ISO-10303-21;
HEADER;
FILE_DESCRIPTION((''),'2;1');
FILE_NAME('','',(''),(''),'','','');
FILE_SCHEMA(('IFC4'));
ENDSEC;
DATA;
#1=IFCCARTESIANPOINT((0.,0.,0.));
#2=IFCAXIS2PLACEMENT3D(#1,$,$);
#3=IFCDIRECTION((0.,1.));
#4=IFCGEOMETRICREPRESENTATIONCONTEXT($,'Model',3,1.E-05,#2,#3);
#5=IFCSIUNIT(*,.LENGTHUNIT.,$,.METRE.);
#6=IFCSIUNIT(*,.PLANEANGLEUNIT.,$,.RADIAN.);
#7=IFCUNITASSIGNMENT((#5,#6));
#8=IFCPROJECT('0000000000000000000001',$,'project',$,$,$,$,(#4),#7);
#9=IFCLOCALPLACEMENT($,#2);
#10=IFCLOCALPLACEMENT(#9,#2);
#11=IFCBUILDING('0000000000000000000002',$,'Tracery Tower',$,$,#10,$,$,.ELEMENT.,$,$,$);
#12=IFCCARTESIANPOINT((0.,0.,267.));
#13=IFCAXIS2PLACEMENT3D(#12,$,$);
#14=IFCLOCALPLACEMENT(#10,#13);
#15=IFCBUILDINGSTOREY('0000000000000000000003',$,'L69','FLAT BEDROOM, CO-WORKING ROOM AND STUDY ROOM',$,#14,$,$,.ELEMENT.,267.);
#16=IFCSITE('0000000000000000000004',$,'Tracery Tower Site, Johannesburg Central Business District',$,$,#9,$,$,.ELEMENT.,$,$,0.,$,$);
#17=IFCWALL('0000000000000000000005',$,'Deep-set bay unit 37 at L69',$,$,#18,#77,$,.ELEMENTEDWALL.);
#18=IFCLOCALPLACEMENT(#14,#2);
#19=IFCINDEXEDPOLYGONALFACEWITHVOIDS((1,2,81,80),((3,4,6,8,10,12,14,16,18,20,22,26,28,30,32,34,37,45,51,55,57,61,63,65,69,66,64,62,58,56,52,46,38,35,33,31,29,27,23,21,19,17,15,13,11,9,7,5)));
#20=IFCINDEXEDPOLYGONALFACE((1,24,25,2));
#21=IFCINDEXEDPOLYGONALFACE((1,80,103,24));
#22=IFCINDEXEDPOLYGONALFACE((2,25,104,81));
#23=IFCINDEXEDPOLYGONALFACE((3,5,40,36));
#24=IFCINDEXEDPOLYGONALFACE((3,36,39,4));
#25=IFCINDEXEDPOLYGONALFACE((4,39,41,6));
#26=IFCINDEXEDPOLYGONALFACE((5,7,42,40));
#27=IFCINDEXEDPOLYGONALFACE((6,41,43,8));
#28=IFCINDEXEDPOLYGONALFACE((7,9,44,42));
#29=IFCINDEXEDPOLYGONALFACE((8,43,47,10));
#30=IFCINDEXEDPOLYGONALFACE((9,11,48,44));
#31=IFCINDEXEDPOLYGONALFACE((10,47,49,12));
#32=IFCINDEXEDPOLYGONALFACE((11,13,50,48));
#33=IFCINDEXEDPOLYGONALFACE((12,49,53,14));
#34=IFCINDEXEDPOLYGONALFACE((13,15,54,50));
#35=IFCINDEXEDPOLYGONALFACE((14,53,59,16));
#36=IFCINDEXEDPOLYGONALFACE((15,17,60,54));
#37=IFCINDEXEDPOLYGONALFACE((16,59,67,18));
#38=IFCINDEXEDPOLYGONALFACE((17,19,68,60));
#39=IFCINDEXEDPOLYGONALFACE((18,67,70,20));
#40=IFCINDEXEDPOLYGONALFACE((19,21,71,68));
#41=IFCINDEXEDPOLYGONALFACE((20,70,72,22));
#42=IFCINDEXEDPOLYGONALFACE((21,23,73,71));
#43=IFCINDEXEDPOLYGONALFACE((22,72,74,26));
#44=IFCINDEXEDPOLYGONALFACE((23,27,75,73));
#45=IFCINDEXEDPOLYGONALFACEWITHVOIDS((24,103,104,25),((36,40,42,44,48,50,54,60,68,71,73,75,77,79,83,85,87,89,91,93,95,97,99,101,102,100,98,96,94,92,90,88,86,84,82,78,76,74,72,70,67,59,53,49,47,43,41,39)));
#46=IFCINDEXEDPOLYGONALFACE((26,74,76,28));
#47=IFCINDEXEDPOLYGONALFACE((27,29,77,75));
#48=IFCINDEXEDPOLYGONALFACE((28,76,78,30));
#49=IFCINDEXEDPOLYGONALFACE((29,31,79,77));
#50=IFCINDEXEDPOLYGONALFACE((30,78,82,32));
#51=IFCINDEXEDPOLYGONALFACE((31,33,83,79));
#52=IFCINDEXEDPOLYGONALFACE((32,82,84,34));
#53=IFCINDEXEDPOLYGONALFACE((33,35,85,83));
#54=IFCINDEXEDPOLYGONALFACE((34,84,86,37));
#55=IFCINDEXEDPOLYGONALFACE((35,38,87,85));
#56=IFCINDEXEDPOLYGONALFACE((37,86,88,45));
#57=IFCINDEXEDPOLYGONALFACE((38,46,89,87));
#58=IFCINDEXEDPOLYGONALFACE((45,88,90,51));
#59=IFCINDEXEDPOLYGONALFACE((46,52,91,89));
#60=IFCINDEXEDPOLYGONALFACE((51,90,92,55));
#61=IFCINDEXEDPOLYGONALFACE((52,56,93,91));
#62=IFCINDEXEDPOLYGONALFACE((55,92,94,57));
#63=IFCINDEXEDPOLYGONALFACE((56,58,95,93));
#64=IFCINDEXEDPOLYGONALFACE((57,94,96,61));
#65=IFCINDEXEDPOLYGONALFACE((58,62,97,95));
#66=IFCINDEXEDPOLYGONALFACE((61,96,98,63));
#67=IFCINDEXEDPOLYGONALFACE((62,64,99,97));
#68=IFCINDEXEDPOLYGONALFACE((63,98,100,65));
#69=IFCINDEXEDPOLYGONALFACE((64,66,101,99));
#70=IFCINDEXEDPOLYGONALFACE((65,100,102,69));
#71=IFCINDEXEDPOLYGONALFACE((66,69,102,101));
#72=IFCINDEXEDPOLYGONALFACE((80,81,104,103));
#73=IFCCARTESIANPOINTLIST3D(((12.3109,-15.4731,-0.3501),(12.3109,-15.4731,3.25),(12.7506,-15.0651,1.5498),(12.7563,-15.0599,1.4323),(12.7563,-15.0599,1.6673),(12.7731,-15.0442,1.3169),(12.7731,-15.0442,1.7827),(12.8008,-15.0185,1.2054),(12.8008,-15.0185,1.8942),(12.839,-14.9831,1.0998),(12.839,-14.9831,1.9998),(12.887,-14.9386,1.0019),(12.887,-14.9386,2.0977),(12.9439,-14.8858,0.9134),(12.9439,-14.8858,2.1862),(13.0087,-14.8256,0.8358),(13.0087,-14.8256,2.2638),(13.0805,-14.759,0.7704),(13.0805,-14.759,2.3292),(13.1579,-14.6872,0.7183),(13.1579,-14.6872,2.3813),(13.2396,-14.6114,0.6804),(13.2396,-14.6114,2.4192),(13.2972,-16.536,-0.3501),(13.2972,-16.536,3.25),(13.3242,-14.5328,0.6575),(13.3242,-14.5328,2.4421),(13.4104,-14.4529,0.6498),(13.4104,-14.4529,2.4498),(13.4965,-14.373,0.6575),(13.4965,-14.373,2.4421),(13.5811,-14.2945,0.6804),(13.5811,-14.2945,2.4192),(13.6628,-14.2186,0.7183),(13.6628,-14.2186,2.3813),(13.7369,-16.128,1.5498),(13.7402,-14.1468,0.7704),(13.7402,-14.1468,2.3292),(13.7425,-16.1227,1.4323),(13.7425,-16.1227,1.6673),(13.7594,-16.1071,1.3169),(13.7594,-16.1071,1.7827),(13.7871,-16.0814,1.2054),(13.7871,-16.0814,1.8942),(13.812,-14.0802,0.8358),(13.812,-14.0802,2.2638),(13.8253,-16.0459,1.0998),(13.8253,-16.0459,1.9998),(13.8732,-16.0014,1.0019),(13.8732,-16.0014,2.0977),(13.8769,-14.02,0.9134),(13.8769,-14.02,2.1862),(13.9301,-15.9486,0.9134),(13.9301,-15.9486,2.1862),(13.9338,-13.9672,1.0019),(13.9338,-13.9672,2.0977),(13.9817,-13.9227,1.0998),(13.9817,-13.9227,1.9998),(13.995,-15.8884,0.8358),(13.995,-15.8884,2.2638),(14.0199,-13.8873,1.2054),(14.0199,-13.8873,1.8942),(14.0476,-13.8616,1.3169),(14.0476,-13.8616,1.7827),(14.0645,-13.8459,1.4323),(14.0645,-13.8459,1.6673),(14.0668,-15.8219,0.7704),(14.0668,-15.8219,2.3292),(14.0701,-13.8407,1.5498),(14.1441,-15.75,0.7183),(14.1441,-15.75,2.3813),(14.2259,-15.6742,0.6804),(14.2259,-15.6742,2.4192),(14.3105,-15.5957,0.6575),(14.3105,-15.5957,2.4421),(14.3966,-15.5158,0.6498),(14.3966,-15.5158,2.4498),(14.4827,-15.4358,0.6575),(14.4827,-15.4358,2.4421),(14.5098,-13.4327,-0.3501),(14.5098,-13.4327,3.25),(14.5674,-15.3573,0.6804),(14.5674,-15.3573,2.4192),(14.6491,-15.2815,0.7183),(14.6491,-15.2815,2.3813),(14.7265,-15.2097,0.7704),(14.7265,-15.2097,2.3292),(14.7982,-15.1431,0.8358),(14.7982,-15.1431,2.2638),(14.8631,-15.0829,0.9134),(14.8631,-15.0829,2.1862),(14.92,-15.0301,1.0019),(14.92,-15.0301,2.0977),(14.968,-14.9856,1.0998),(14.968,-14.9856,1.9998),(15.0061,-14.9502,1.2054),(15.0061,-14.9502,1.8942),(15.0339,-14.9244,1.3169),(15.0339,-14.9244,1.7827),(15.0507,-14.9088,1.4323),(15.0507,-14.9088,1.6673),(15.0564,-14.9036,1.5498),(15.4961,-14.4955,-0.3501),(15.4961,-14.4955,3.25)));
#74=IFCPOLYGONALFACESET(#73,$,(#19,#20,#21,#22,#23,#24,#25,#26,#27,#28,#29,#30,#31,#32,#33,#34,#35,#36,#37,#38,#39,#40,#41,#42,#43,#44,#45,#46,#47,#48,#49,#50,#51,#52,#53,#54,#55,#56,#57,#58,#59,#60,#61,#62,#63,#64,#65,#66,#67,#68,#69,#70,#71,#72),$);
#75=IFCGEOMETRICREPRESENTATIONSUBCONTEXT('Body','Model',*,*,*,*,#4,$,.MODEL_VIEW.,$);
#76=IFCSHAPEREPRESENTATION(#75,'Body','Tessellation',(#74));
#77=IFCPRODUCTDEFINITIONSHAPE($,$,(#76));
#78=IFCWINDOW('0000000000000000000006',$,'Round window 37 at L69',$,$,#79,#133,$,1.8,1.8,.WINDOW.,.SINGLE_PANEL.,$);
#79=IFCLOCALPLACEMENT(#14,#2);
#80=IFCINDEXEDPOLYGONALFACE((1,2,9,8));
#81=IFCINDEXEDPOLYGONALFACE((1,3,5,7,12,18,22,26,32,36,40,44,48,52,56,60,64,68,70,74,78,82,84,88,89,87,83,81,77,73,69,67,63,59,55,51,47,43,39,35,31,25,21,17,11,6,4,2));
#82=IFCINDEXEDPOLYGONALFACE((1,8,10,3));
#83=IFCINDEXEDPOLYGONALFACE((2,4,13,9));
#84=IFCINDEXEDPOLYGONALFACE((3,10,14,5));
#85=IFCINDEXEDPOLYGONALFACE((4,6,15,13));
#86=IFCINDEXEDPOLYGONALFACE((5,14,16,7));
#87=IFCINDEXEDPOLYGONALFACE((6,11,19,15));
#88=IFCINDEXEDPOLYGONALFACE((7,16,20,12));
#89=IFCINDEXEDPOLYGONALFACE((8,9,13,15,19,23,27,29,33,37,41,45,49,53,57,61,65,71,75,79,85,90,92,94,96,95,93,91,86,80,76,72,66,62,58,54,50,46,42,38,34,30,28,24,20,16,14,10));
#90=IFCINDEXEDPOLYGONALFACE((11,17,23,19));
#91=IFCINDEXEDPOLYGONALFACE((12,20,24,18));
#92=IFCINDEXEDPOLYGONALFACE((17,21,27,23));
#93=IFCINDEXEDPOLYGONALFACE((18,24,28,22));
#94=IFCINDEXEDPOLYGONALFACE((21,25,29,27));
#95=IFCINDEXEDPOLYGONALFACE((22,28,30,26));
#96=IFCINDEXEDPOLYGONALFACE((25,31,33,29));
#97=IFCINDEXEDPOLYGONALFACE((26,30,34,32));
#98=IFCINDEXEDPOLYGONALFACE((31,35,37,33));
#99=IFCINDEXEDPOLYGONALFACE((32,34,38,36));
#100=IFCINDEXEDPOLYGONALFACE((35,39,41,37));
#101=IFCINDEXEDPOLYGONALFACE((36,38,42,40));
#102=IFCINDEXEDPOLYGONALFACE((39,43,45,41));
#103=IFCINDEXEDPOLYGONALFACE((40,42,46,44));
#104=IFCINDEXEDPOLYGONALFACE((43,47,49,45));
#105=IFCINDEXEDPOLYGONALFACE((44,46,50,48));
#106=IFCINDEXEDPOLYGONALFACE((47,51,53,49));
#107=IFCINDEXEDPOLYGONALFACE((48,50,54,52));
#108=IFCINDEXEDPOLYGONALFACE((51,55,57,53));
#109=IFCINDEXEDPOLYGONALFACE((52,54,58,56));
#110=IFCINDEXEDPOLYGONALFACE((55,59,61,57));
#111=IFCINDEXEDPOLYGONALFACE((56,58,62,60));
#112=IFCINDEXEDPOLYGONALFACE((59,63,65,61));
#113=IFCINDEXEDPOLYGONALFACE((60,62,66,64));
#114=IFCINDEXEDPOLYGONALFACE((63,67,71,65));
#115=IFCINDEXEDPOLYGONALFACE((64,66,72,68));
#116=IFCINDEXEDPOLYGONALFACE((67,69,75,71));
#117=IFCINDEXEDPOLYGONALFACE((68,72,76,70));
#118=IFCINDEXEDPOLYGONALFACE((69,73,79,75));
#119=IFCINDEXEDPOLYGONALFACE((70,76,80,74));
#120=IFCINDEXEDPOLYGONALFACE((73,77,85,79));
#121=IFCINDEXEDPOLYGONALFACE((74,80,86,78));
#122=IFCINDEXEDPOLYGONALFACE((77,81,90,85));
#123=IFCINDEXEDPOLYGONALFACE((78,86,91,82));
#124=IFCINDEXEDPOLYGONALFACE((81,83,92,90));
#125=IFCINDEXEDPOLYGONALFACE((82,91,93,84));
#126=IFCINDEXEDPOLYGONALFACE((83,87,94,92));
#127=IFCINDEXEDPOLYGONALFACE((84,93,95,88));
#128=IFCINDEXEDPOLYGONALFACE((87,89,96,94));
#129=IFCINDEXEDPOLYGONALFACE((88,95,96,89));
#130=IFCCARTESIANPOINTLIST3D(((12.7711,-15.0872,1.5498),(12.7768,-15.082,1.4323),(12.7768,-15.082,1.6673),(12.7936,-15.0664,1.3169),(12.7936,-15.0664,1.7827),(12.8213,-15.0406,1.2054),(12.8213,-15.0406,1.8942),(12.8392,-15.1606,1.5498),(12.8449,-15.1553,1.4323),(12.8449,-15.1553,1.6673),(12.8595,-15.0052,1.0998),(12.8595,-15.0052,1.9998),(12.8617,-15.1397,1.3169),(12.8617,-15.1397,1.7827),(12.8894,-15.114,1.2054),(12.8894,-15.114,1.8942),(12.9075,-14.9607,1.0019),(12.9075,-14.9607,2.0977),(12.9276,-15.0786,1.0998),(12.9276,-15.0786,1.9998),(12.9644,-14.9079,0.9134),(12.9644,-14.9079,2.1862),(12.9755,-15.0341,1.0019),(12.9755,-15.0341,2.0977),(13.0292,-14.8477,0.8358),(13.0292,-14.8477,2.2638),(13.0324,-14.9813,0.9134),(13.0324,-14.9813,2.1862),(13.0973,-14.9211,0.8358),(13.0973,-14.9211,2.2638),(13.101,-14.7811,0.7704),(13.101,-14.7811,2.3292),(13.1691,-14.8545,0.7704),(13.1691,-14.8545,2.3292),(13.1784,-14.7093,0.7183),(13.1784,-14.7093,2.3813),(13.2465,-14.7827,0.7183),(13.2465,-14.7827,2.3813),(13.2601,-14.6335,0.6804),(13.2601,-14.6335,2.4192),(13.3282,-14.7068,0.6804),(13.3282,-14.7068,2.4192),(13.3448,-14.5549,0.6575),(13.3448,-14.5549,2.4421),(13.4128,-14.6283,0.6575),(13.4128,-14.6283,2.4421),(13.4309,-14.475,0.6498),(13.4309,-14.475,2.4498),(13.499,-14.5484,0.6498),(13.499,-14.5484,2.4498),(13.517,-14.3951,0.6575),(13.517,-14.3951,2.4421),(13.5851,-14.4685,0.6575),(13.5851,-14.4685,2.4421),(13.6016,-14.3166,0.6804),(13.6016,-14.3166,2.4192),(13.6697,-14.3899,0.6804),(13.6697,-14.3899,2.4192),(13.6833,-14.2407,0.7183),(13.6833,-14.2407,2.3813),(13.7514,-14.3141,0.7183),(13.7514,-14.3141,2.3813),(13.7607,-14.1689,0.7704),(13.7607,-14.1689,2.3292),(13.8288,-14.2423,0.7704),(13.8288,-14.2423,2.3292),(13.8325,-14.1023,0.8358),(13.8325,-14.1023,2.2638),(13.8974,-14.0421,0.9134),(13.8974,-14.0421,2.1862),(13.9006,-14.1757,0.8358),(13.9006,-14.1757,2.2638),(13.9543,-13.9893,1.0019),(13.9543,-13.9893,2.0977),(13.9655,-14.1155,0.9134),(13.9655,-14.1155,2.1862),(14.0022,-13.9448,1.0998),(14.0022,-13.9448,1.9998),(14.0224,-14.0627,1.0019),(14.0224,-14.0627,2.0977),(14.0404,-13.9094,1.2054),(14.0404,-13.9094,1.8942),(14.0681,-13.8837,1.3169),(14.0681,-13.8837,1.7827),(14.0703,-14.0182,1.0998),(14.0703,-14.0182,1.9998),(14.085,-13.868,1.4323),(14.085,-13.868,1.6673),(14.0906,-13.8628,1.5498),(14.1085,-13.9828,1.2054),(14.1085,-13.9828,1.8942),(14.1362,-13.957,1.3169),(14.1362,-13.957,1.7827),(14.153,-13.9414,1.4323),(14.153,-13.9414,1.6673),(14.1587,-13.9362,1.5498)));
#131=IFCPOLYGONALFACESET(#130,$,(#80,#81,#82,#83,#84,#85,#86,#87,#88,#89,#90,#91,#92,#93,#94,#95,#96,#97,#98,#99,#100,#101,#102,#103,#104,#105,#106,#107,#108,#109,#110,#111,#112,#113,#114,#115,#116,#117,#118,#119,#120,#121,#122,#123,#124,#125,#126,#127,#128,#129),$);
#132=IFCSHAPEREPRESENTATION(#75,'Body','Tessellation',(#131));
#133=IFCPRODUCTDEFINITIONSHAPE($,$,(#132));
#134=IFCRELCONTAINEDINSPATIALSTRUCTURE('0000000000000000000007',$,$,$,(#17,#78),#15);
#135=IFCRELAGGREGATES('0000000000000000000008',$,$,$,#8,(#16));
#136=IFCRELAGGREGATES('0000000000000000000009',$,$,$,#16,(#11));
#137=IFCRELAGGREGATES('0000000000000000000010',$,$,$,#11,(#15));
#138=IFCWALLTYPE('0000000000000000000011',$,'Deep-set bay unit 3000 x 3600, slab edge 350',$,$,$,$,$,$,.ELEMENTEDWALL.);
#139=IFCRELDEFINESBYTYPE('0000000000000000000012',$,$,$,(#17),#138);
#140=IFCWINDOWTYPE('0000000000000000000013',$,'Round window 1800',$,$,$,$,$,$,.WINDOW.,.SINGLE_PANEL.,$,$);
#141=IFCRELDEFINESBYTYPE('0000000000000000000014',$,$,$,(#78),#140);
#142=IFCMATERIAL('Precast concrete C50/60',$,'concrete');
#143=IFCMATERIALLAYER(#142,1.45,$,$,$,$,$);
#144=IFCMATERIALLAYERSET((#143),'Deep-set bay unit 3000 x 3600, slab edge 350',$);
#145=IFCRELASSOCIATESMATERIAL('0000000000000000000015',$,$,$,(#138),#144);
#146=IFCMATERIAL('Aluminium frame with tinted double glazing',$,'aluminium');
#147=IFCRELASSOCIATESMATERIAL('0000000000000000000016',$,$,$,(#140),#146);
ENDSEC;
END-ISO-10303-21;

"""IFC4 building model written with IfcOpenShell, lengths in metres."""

from ifc_helpers import new_model, si_unit, direction, frame, frame_2d, origin, origin_2d, place, context, subcontext, project, spatial, rectangle, circle, extrude, material, layer, layer_set, type_object, element, fill, save


model = new_model("IFC4")

# Units and contexts
model_context = context("Model", 3, precision=1e-05, world=origin(), true_north=direction((0.0, 1.0)))
body_context = subcontext(model_context, "Body", "Model", "MODEL_VIEW")
ifc_project = project(units=[si_unit("LENGTHUNIT", "METRE"), si_unit("PLANEANGLEUNIT", "RADIAN")], contexts=[model_context])

# Site, building, storey
site_placement = place(None, origin())
site = spatial("IfcSite", under=ifc_project, at=site_placement, Name="Tracery Tower Site, Johannesburg Central Business District", CompositionType="ELEMENT", RefElevation=0.0)
building_placement = place(site_placement, origin())
building = spatial("IfcBuilding", under=site, at=building_placement, Name="Tracery Tower", CompositionType="ELEMENT")
storey_placement = place(building_placement, frame((0.0, 0.0, 267.0)))
storey = spatial("IfcBuildingStorey", under=building, at=storey_placement, Name="L69", Description="FLAT BEDROOM, CO-WORKING ROOM AND STUDY ROOM", CompositionType="ELEMENT", Elevation=267.0)

# Wall, opening, window
ifc_material_1 = material(Name="Precast concrete C50/60", Category="concrete")
ifc_layer_1 = layer(ifc_material_1, 1.45)
ifc_layer_set_1 = layer_set([ifc_layer_1], Name="Deep-set bay unit 3000 x 3600, slab edge 350")
wall_type_1 = type_object("IfcWallType", Name="Deep-set bay unit 3000 x 3600, slab edge 350", PredefinedType="ELEMENTEDWALL", material=ifc_layer_set_1)
wall_1_placement = place(storey_placement, frame((12.804, -16.0046, -0.3501), z_axis=(0.0, 0.0, 1.0), x_axis=(0.733022, 0.680204, 0.0)))
wall_1 = element("IfcWall", 1, at=wall_1_placement, inside=storey, type_object=wall_type_1, Name="Deep-set bay unit 37 at L69", PredefinedType="ELEMENTEDWALL", context=body_context, shape_type="SweptSolid", body=[
    extrude(rectangle(XDim=2.9998, YDim=1.45, at=frame_2d((1.5, 0.0))), origin(), (0.0, 0.0, 1.0), 3.6001),
])
opening_1_placement = place(wall_1_placement, frame((1.5, 0.0, 1.8999)))
opening_1 = element("IfcOpeningElement", 2, at=opening_1_placement, cuts=wall_1, PredefinedType="OPENING", context=body_context, shape_type="SweptSolid", body=[
    extrude(circle(Radius=0.9, at=origin_2d()), frame((0.0, 0.7349, 0.0), z_axis=(0.0, -1.0, 0.0), x_axis=(1.0, 0.0, 0.0)), (0.0, 0.0, 1.0), 1.47),
])
ifc_material_2 = material(Name="Aluminium frame with tinted double glazing", Category="aluminium")
window_type = type_object("IfcWindowType", Name="Round window 1800", PartitioningType="SINGLE_PANEL", PredefinedType="WINDOW", material=ifc_material_2)
window_1_placement = place(opening_1_placement, origin())
window_1 = element("IfcWindow", 3, at=window_1_placement, inside=storey, type_object=window_type, Name="Round window 37 at L69", OverallHeight=1.8, OverallWidth=1.8, PartitioningType="SINGLE_PANEL", PredefinedType="WINDOW", context=body_context, shape_type="SweptSolid", body=[
    extrude(circle(Radius=0.9, at=origin_2d()), frame((0.0, 0.6948, 0.0), z_axis=(0.0, -1.0, 0.0), x_axis=(1.0, 0.0, 0.0)), (0.0, 0.0, 1.0), 0.1001),
])
fill(opening_1, window_1)

save(model, "model.ifc")
